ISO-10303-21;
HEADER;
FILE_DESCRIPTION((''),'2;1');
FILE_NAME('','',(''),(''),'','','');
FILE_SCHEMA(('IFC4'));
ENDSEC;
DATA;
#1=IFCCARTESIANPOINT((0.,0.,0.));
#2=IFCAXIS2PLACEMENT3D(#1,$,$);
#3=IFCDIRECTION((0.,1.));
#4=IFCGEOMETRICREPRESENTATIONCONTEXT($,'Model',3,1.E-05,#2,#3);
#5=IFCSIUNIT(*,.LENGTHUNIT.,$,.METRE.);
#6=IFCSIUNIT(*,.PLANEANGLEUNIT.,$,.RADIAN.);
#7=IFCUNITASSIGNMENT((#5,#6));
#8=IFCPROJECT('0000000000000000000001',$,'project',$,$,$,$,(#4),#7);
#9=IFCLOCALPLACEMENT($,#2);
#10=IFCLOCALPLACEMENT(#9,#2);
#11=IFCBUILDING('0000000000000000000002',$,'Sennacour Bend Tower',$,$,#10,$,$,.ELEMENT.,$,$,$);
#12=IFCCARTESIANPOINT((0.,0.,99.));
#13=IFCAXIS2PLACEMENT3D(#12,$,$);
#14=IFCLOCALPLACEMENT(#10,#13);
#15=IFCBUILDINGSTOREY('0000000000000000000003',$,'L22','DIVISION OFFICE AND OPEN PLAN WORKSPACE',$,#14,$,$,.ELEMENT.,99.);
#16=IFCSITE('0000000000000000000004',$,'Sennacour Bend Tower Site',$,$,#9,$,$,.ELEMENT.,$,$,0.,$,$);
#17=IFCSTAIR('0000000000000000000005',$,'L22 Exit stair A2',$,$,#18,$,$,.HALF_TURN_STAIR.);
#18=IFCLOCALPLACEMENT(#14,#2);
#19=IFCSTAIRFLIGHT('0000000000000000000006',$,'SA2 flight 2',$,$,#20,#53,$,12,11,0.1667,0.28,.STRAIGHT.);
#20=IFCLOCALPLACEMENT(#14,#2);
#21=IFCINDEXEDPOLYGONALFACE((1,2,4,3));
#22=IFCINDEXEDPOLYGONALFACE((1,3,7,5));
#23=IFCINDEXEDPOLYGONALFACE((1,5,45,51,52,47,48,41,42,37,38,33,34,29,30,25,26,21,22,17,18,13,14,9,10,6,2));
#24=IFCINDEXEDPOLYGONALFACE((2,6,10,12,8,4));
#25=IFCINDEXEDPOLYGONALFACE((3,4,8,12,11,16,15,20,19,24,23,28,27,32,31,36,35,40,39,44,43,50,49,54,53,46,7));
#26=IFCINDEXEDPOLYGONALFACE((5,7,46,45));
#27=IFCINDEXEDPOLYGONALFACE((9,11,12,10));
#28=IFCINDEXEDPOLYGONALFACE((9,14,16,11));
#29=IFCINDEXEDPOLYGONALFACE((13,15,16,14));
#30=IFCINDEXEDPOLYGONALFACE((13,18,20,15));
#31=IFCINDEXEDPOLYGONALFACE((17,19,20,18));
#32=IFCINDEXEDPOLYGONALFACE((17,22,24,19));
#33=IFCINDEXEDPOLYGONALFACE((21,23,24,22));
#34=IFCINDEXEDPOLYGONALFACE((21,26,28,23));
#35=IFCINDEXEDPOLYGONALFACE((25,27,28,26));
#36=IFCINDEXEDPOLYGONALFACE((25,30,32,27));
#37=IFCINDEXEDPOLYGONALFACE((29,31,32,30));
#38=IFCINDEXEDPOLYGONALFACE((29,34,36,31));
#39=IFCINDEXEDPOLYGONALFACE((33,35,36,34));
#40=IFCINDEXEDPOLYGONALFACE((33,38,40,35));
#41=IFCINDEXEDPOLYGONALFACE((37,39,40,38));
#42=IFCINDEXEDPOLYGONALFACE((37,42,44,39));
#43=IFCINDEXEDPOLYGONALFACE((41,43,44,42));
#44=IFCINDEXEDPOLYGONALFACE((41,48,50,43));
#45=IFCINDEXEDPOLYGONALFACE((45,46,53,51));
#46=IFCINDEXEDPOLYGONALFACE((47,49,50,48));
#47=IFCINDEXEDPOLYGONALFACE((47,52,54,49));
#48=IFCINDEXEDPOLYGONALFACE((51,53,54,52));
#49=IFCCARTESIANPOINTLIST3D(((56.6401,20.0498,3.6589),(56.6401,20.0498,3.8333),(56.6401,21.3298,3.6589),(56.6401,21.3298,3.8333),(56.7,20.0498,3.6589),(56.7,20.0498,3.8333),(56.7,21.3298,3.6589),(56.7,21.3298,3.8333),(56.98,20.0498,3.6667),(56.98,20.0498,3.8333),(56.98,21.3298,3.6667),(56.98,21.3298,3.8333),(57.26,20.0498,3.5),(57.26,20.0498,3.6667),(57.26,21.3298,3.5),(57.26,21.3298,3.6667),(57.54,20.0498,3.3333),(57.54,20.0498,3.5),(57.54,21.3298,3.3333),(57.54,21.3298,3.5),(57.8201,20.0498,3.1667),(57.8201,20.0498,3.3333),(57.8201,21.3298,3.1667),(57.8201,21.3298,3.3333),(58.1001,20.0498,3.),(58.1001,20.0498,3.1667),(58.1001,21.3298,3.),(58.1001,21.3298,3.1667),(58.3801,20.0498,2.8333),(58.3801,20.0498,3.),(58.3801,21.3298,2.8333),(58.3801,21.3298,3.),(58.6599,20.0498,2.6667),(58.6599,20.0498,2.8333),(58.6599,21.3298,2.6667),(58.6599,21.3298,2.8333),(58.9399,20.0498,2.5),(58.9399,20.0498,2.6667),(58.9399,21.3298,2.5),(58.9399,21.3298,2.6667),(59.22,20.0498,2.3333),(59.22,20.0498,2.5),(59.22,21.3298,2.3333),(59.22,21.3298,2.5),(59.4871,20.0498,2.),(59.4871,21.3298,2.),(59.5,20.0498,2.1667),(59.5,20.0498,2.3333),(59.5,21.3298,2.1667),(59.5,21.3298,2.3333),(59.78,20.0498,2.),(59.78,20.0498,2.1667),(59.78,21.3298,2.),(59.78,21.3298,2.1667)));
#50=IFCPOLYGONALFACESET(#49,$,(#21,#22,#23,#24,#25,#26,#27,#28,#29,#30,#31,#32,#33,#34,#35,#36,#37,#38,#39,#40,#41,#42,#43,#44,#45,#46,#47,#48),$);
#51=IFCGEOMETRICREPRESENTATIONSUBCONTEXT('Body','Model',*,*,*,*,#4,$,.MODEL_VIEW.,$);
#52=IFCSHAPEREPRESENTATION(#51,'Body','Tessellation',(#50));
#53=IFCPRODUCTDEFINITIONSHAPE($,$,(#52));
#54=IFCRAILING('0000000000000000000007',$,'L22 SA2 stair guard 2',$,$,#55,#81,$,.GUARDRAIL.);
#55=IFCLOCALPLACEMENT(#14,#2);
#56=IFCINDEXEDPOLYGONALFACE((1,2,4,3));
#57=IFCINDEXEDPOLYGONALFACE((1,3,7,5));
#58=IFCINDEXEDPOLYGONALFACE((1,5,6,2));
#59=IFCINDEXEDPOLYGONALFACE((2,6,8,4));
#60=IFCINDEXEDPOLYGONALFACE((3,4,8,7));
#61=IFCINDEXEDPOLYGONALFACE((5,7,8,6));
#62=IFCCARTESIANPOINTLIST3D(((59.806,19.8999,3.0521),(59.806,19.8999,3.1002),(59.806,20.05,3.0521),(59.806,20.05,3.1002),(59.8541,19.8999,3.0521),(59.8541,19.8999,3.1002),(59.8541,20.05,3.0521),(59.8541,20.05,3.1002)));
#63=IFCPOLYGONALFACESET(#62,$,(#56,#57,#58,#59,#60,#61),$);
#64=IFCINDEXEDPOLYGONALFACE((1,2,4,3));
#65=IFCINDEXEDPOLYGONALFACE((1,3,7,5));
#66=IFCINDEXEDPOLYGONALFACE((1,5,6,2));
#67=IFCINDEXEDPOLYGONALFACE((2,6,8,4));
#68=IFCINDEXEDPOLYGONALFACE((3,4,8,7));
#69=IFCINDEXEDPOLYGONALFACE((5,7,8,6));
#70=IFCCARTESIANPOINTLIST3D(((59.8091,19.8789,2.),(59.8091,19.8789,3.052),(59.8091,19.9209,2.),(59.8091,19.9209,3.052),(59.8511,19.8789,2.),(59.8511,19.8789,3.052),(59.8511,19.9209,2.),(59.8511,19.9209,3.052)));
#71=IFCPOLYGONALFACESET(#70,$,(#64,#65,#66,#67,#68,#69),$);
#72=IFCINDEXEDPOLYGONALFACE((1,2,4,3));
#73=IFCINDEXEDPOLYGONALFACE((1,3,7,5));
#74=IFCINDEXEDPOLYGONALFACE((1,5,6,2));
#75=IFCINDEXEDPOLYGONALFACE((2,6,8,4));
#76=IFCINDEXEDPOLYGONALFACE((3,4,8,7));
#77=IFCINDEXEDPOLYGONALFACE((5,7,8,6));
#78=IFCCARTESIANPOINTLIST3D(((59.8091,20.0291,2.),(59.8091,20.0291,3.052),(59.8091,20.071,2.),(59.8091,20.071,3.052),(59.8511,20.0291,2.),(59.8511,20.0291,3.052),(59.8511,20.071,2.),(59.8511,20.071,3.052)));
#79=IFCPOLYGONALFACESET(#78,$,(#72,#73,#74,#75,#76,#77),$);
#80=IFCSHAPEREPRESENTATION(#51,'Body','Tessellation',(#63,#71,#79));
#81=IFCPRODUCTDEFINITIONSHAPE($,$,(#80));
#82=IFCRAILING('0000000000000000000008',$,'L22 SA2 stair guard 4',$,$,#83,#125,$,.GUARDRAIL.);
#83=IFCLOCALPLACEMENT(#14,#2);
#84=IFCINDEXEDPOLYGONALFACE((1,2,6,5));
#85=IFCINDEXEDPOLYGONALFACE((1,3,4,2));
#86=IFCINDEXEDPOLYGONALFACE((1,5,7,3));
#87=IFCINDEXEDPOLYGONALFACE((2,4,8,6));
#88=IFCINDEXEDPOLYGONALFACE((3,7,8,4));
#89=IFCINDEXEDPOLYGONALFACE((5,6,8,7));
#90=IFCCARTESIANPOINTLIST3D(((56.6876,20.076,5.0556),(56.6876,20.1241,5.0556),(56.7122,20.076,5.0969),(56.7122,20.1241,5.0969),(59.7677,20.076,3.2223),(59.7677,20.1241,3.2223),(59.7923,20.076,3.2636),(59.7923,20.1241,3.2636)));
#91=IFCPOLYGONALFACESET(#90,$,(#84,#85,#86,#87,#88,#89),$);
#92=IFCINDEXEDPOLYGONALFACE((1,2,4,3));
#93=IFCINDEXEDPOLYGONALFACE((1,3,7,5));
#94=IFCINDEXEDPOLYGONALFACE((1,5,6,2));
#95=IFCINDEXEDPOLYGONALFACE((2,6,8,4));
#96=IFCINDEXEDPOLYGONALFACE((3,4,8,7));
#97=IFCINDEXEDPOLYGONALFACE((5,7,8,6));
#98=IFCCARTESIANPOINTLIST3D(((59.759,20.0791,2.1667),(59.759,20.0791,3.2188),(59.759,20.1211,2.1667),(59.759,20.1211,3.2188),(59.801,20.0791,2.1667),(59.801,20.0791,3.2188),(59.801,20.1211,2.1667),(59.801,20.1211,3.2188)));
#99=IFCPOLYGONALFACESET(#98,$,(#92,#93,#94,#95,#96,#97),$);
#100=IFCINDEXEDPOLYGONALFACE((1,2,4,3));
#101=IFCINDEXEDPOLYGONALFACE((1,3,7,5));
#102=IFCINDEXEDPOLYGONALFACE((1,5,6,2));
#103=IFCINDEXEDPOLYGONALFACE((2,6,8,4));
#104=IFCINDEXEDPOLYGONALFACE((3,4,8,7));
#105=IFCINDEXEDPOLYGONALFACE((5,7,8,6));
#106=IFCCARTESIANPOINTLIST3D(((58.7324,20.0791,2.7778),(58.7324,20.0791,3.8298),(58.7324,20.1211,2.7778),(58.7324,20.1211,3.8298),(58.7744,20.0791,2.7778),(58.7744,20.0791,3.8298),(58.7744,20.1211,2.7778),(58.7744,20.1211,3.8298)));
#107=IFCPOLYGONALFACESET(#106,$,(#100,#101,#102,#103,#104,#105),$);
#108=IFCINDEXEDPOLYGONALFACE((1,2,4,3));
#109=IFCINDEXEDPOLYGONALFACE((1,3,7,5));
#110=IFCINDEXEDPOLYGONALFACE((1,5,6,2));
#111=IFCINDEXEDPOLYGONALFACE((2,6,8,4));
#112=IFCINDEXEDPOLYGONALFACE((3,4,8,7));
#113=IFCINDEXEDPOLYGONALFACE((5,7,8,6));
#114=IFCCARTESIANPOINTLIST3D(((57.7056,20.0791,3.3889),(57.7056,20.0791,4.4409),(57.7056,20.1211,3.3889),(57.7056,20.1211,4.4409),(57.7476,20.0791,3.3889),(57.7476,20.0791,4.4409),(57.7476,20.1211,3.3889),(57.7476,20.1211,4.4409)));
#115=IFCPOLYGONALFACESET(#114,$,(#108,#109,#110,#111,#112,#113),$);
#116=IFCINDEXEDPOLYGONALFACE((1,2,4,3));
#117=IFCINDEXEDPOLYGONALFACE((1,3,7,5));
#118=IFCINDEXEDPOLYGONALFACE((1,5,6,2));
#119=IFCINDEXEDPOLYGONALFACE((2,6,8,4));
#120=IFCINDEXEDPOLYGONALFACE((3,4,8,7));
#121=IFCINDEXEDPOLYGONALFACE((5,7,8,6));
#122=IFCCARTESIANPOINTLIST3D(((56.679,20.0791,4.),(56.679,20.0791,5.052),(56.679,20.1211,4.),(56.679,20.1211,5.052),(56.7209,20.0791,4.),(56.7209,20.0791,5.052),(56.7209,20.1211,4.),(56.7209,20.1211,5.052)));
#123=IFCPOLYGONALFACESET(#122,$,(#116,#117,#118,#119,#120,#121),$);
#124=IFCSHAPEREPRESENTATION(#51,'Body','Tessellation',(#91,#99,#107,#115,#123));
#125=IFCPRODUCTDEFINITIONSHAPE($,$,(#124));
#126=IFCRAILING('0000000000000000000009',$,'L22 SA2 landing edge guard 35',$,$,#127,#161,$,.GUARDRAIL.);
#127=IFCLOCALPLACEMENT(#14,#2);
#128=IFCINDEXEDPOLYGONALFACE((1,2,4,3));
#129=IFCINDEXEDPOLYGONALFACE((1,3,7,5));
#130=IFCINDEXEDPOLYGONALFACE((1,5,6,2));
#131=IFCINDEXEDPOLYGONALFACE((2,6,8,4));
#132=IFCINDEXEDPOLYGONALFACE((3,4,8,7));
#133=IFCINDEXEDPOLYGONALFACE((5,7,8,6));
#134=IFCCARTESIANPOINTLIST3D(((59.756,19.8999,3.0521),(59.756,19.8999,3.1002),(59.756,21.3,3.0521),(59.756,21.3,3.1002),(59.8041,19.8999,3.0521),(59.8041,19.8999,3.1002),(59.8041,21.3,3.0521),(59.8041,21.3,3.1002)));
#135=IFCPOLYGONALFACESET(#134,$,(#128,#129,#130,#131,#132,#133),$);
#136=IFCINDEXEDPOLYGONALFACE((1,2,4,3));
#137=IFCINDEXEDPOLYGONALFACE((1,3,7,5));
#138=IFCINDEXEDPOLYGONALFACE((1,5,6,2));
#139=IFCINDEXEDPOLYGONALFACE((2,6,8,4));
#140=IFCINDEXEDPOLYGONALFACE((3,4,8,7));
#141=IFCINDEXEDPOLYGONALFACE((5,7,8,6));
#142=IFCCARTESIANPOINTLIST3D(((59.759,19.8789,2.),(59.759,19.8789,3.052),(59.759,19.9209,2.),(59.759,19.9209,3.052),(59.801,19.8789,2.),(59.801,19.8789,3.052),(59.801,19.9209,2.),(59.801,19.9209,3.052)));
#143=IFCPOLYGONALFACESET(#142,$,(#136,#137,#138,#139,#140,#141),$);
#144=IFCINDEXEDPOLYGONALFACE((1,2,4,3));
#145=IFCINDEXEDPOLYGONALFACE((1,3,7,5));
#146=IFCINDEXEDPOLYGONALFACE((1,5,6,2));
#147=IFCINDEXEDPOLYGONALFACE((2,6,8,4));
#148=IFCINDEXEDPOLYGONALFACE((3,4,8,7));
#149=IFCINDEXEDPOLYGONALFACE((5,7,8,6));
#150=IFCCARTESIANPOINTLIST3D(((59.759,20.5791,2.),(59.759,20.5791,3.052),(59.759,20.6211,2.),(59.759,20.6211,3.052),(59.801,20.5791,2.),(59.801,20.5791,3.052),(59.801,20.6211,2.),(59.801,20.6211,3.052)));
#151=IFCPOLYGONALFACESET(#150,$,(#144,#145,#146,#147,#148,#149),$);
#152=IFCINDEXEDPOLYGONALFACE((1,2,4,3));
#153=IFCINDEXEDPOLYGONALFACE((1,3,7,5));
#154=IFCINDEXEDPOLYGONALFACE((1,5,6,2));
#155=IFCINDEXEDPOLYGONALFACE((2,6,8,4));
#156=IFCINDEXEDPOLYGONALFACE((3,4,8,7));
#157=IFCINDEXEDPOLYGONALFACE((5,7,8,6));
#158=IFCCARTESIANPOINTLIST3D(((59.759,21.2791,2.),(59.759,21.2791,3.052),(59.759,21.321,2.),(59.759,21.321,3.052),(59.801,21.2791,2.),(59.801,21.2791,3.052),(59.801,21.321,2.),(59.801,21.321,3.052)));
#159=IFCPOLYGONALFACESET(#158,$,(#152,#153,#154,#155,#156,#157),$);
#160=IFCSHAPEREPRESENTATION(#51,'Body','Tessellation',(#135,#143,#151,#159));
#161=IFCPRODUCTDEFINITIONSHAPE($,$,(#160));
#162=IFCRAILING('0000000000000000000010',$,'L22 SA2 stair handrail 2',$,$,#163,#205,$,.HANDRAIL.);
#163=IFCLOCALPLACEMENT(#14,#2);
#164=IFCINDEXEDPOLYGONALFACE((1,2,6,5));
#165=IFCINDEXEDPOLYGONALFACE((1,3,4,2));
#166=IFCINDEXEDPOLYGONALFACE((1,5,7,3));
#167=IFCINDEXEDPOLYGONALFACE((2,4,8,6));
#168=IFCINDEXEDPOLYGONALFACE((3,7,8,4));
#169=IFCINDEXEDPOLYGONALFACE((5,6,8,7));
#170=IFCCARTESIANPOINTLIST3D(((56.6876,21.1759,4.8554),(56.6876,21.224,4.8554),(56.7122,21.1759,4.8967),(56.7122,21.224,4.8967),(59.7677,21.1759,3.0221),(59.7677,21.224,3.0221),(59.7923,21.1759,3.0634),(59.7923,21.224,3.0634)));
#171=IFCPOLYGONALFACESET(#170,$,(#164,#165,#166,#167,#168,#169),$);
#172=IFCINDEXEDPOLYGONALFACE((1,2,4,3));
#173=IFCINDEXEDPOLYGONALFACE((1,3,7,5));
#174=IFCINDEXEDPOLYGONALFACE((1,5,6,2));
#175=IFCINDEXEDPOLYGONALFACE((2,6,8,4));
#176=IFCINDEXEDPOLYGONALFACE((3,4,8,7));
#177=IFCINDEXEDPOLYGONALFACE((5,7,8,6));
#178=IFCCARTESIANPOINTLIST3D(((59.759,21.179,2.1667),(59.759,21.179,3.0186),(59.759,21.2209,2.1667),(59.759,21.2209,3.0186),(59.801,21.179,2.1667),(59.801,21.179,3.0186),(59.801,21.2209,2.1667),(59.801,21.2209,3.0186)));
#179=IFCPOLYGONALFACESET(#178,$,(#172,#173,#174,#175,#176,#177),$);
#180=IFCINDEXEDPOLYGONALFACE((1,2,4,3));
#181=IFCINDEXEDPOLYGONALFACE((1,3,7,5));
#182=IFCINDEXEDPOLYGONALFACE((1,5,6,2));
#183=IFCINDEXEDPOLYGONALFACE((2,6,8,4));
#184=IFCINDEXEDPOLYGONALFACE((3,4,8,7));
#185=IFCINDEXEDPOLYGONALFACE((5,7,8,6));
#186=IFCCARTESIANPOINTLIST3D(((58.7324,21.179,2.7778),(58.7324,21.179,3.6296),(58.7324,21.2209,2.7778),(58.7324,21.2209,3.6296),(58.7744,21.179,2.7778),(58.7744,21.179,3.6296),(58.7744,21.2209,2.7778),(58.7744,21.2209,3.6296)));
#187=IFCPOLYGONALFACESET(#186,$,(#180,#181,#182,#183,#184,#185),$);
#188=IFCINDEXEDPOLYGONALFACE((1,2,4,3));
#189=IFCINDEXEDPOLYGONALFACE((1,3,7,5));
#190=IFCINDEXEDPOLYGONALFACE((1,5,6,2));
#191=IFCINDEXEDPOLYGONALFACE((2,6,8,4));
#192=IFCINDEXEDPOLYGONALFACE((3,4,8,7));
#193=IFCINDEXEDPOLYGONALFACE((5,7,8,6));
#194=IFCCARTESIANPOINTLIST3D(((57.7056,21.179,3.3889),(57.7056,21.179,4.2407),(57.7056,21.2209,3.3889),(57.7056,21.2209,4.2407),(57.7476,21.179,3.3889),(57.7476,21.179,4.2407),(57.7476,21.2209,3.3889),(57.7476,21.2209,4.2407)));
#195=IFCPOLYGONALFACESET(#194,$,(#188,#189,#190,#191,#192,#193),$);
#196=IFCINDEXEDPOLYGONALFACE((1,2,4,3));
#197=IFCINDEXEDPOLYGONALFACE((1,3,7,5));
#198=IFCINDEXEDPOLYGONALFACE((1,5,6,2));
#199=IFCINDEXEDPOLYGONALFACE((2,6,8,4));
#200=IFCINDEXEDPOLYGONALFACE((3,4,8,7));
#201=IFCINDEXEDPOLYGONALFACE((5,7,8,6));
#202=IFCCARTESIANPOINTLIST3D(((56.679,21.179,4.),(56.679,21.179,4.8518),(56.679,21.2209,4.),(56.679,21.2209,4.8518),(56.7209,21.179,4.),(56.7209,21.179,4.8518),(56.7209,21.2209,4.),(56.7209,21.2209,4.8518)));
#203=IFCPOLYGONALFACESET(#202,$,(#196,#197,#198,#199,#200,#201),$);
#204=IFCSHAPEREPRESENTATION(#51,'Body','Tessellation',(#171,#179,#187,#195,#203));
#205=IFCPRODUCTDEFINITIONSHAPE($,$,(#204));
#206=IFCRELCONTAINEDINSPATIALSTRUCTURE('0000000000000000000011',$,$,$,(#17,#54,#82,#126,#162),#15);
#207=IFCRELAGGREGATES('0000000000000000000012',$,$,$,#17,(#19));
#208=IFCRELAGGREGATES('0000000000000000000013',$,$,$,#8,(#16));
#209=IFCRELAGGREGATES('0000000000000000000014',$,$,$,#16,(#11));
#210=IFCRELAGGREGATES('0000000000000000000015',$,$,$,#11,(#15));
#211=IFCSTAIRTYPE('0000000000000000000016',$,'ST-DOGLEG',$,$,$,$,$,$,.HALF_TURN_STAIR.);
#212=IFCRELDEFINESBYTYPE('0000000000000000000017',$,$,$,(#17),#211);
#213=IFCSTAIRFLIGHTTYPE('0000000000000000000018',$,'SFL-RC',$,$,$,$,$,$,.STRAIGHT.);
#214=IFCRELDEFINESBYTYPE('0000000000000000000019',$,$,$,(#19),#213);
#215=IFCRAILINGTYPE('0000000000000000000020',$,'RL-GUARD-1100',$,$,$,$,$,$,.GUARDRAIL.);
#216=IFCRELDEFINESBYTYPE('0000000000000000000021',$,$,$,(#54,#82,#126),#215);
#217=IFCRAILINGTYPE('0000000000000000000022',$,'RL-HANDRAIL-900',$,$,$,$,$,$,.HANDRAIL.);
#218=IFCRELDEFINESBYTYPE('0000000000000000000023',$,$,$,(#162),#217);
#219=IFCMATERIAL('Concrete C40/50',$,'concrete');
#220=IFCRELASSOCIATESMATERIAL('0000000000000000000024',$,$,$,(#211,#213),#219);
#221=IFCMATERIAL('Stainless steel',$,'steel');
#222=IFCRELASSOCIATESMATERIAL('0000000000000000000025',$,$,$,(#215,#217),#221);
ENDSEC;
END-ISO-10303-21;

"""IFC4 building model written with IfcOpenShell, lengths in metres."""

from ifc_helpers import new_model, si_unit, direction, frame, origin, origin_2d, place, context, subcontext, project, spatial, polyline, rectangle, outline, extrude, material, type_object, element, aggregate, save


model = new_model("IFC4")

# Units and contexts
model_context = context("Model", 3, precision=1e-05, world=origin(), true_north=direction((0.0, 1.0)))
body_context = subcontext(model_context, "Body", "Model", "MODEL_VIEW")
ifc_project = project(units=[si_unit("LENGTHUNIT", "METRE"), si_unit("PLANEANGLEUNIT", "RADIAN")], contexts=[model_context])

# Site, building, storey
site_placement = place(None, origin())
site = spatial("IfcSite", under=ifc_project, at=site_placement, Name="Sennacour Bend Tower Site", CompositionType="ELEMENT", RefElevation=0.0)
building_placement = place(site_placement, origin())
building = spatial("IfcBuilding", under=site, at=building_placement, Name="Sennacour Bend Tower", CompositionType="ELEMENT")
storey_placement = place(building_placement, frame((0.0, 0.0, 99.0)))
storey = spatial("IfcBuildingStorey", under=building, at=storey_placement, Name="L22", Description="DIVISION OFFICE AND OPEN PLAN WORKSPACE", CompositionType="ELEMENT", Elevation=99.0)

# Shared definitions
ifc_material_1 = material(Name="Stainless steel", Category="steel")

# Stair, stair flight
ifc_material_2 = material(Name="Concrete C40/50", Category="concrete")
stair_type = type_object("IfcStairType", Name="ST-DOGLEG", PredefinedType="HALF_TURN_STAIR", material=ifc_material_2)
stair_placement = place(storey_placement, origin())
stair = element("IfcStair", 1, at=stair_placement, inside=storey, type_object=stair_type, Name="L22 Exit stair A2", PredefinedType="HALF_TURN_STAIR")
stair_flight_type = type_object("IfcStairFlightType", Name="SFL-RC", PredefinedType="STRAIGHT", material=ifc_material_2)
stair_flight_placement = place(storey_placement, frame((59.78, 20.6899, 2.0), z_axis=(0.0, 0.0, 1.0), x_axis=(-1.0, 0.0, 0.0)))
stair_flight = element("IfcStairFlight", 2, at=stair_flight_placement, type_object=stair_flight_type, Name="SA2 flight 2", NumberOfRisers=12, NumberOfTreads=11, PredefinedType="STRAIGHT", RiserHeight=0.1667, TreadLength=0.28, context=body_context, shape_type="SweptSolid", body=[
    extrude(outline(polyline([(0.0, 0.0), (0.0, 0.1667), (0.28, 0.1667), (0.28, 0.3333), (0.5601, 0.3333), (0.5601, 0.5), (0.8401, 0.5), (0.8401, 0.6667), (1.1201, 0.6667), (1.1201, 0.8333), (1.3999, 0.8333), (1.3999, 1.0), (1.6799, 1.0), (1.6799, 1.1667), (1.96, 1.1667), (1.96, 1.3333), (2.24, 1.3333), (2.24, 1.5), (2.52, 1.5), (2.52, 1.6667), (2.8, 1.6667), (2.8, 1.8333), (3.0801, 1.8333), (3.1399, 1.8333), (3.1399, 1.6589), (3.0801, 1.6589), (0.293, 0.0), (0.0, 0.0)])), frame((0.0, 0.6401, 0.0), z_axis=(0.0, -1.0, 0.0), x_axis=(1.0, 0.0, 0.0)), (0.0, 0.0, 1.0), 1.28),
])
aggregate(stair, [stair_flight])

# Railings
railing_type_1 = type_object("IfcRailingType", Name="RL-GUARD-1100", PredefinedType="GUARDRAIL", material=ifc_material_1)
railing_1_placement = place(storey_placement, frame((59.8301, 19.8999, 2.0)))
element("IfcRailing", 3, at=railing_1_placement, inside=storey, type_object=railing_type_1, Name="L22 SA2 stair guard 2", PredefinedType="GUARDRAIL", context=body_context, shape_type="SweptSolid", body=[
    extrude(rectangle(XDim=0.0481, YDim=0.0481, at=origin_2d()), frame((0.0, 0.0, 1.0762), z_axis=(0.0, 1.0, 0.0), x_axis=(-1.0, 0.0, 0.0)), (0.0, 0.0, 1.0), 0.1501),
    extrude(rectangle(XDim=0.042, YDim=0.042, at=origin_2d()), origin(), (0.0, 0.0, 1.0), 1.052),
    extrude(rectangle(XDim=0.042, YDim=0.042, at=origin_2d()), frame((0.0, 0.1501, 0.0)), (0.0, 0.0, 1.0), 1.052),
])
railing_2_placement = place(storey_placement, frame((59.78, 20.1001, 2.1667)))
element("IfcRailing", 4, at=railing_2_placement, inside=storey, type_object=railing_type_1, Name="L22 SA2 stair guard 4", PredefinedType="GUARDRAIL", context=body_context, shape_type="SweptSolid", body=[
    extrude(rectangle(XDim=0.0481, YDim=0.0481, at=origin_2d()), frame((0.0, 0.0, 1.0762), z_axis=(-0.859309, 0.0, 0.511458), x_axis=(0.0, -1.0, 0.0)), (0.0, 0.0, 1.0), 3.5845),
    extrude(rectangle(XDim=0.042, YDim=0.042, at=origin_2d()), origin(), (0.0, 0.0, 1.0), 1.052),
    extrude(rectangle(XDim=0.042, YDim=0.042, at=origin_2d()), frame((-1.0266, 0.0, 0.6111)), (0.0, 0.0, 1.0), 1.052),
    extrude(rectangle(XDim=0.042, YDim=0.042, at=origin_2d()), frame((-2.0535, 0.0, 1.2222)), (0.0, 0.0, 1.0), 1.052),
    extrude(rectangle(XDim=0.042, YDim=0.042, at=origin_2d()), frame((-3.0801, 0.0, 1.8333)), (0.0, 0.0, 1.0), 1.052),
])
railing_3_placement = place(storey_placement, frame((59.78, 19.8999, 2.0)))
element("IfcRailing", 5, at=railing_3_placement, inside=storey, type_object=railing_type_1, Name="L22 SA2 landing edge guard 35", PredefinedType="GUARDRAIL", context=body_context, shape_type="SweptSolid", body=[
    extrude(rectangle(XDim=0.0481, YDim=0.0481, at=origin_2d()), frame((0.0, 0.0, 1.0762), z_axis=(0.0, 1.0, 0.0), x_axis=(-1.0, 0.0, 0.0)), (0.0, 0.0, 1.0), 1.4001),
    extrude(rectangle(XDim=0.042, YDim=0.042, at=origin_2d()), origin(), (0.0, 0.0, 1.0), 1.052),
    extrude(rectangle(XDim=0.042, YDim=0.042, at=origin_2d()), frame((0.0, 0.7002, 0.0)), (0.0, 0.0, 1.0), 1.052),
    extrude(rectangle(XDim=0.042, YDim=0.042, at=origin_2d()), frame((0.0, 1.4001, 0.0)), (0.0, 0.0, 1.0), 1.052),
])
railing_type_2 = type_object("IfcRailingType", Name="RL-HANDRAIL-900", PredefinedType="HANDRAIL", material=ifc_material_1)
railing_4_placement = place(storey_placement, frame((59.78, 21.2, 2.1667)))
element("IfcRailing", 6, at=railing_4_placement, inside=storey, type_object=railing_type_2, Name="L22 SA2 stair handrail 2", PredefinedType="HANDRAIL", context=body_context, shape_type="SweptSolid", body=[
    extrude(rectangle(XDim=0.0481, YDim=0.0481, at=origin_2d()), frame((0.0, 0.0, 0.876), z_axis=(-0.859309, 0.0, 0.511458), x_axis=(0.0, -1.0, 0.0)), (0.0, 0.0, 1.0), 3.5845),
    extrude(rectangle(XDim=0.042, YDim=0.042, at=origin_2d()), origin(), (0.0, 0.0, 1.0), 0.8518),
    extrude(rectangle(XDim=0.042, YDim=0.042, at=origin_2d()), frame((-1.0266, 0.0, 0.6111)), (0.0, 0.0, 1.0), 0.8518),
    extrude(rectangle(XDim=0.042, YDim=0.042, at=origin_2d()), frame((-2.0535, 0.0, 1.2222)), (0.0, 0.0, 1.0), 0.8518),
    extrude(rectangle(XDim=0.042, YDim=0.042, at=origin_2d()), frame((-3.0801, 0.0, 1.8333)), (0.0, 0.0, 1.0), 0.8518),
])

save(model, "model.ifc")
